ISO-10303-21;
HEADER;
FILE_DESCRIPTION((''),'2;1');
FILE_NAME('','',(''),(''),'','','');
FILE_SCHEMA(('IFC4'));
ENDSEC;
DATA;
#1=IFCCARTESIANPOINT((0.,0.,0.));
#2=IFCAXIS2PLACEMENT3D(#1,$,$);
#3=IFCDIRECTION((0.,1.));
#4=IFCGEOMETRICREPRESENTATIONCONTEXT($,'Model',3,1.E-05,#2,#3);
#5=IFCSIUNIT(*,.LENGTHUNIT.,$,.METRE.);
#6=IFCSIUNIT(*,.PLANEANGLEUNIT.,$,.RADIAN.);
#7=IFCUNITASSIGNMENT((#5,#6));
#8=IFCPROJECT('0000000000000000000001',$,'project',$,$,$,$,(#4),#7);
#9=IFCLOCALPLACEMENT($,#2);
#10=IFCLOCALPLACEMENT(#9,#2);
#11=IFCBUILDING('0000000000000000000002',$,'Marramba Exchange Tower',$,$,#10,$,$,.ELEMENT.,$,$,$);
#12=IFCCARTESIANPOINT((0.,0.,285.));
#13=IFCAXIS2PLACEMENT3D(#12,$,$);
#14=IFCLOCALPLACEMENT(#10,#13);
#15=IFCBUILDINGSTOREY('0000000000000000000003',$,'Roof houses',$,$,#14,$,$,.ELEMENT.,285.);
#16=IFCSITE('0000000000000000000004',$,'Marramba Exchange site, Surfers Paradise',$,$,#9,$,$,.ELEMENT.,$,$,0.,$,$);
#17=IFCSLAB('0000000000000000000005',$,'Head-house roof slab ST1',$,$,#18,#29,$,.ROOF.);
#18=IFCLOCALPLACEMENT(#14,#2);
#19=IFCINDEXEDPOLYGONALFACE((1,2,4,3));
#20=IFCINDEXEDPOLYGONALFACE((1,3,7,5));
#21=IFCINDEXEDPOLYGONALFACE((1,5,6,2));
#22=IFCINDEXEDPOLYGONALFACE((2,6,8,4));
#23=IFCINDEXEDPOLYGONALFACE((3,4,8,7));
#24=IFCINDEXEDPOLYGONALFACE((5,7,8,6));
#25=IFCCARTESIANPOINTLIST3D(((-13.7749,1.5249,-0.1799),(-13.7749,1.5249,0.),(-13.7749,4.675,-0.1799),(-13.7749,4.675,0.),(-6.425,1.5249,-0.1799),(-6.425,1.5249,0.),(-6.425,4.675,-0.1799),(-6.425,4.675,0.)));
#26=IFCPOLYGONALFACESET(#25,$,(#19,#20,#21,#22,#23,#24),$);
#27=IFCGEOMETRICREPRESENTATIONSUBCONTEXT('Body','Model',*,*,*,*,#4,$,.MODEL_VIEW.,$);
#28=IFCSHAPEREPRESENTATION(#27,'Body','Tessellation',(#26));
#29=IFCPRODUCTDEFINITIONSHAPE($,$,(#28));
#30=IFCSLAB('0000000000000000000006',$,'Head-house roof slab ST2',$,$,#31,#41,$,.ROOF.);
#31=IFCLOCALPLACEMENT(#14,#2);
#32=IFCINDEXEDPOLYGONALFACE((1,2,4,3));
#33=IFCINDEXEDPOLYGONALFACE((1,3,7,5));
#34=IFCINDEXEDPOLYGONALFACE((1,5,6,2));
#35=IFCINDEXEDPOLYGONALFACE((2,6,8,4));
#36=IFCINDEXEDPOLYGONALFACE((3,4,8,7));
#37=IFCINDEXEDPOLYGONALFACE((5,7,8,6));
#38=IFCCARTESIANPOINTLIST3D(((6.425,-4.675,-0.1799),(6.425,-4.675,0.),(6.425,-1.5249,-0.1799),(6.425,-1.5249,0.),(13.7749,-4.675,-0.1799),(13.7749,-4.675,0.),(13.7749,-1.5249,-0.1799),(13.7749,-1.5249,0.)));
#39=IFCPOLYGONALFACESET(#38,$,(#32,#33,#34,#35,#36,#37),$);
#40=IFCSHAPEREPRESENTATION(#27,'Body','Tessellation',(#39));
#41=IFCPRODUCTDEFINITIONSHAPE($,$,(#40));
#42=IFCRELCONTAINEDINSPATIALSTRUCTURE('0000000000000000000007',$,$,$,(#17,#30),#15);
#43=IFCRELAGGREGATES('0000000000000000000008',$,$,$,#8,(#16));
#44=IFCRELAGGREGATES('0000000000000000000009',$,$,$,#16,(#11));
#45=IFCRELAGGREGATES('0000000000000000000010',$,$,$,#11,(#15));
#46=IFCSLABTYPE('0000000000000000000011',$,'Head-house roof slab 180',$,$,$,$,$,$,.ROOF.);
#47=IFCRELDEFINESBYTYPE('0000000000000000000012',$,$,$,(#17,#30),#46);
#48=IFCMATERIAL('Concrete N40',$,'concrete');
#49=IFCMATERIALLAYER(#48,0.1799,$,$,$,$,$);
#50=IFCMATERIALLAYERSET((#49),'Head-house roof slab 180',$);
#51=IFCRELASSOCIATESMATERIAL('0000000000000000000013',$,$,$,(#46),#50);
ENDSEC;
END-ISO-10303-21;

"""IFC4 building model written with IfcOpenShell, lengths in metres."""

from ifc_helpers import new_model, si_unit, direction, frame, origin, place, context, subcontext, project, spatial, polyline, outline, extrude, material, layer, layer_set, type_object, element, save


model = new_model("IFC4")

# Units and contexts
model_context = context("Model", 3, precision=1e-05, world=origin(), true_north=direction((0.0, 1.0)))
body_context = subcontext(model_context, "Body", "Model", "MODEL_VIEW")
ifc_project = project(units=[si_unit("LENGTHUNIT", "METRE"), si_unit("PLANEANGLEUNIT", "RADIAN")], contexts=[model_context])

# Site, building, storey
site_placement = place(None, origin())
site = spatial("IfcSite", under=ifc_project, at=site_placement, Name="Marramba Exchange site, Surfers Paradise", CompositionType="ELEMENT", RefElevation=0.0)
building_placement = place(site_placement, origin())
building = spatial("IfcBuilding", under=site, at=building_placement, Name="Marramba Exchange Tower", CompositionType="ELEMENT")
storey_placement = place(building_placement, frame((0.0, 0.0, 285.0)))
storey = spatial("IfcBuildingStorey", under=building, at=storey_placement, Name="Roof houses", CompositionType="ELEMENT", Elevation=285.0)

# Slabs
ifc_material = material(Name="Concrete N40", Category="concrete")
ifc_layer = layer(ifc_material, 0.1799)
ifc_layer_set = layer_set([ifc_layer], Name="Head-house roof slab 180")
slab_type = type_object("IfcSlabType", Name="Head-house roof slab 180", PredefinedType="ROOF", material=ifc_layer_set)
slab_1_placement = place(storey_placement, frame((0.0, 0.0, -0.1799)))
element("IfcSlab", 1, at=slab_1_placement, inside=storey, type_object=slab_type, Name="Head-house roof slab ST1", PredefinedType="ROOF", context=body_context, shape_type="SweptSolid", body=[
    extrude(outline(polyline([(-13.7749, 1.5249), (-6.425, 1.5249), (-6.425, 4.675), (-13.7749, 4.675), (-13.7749, 1.5249)])), origin(), (0.0, 0.0, 1.0), 0.1799),
])
slab_2_placement = place(storey_placement, frame((0.0, 0.0, -0.1799)))
element("IfcSlab", 2, at=slab_2_placement, inside=storey, type_object=slab_type, Name="Head-house roof slab ST2", PredefinedType="ROOF", context=body_context, shape_type="SweptSolid", body=[
    extrude(outline(polyline([(6.425, -4.675), (13.7749, -4.675), (13.7749, -1.5249), (6.425, -1.5249), (6.425, -4.675)])), origin(), (0.0, 0.0, 1.0), 0.1799),
])

save(model, "model.ifc")
